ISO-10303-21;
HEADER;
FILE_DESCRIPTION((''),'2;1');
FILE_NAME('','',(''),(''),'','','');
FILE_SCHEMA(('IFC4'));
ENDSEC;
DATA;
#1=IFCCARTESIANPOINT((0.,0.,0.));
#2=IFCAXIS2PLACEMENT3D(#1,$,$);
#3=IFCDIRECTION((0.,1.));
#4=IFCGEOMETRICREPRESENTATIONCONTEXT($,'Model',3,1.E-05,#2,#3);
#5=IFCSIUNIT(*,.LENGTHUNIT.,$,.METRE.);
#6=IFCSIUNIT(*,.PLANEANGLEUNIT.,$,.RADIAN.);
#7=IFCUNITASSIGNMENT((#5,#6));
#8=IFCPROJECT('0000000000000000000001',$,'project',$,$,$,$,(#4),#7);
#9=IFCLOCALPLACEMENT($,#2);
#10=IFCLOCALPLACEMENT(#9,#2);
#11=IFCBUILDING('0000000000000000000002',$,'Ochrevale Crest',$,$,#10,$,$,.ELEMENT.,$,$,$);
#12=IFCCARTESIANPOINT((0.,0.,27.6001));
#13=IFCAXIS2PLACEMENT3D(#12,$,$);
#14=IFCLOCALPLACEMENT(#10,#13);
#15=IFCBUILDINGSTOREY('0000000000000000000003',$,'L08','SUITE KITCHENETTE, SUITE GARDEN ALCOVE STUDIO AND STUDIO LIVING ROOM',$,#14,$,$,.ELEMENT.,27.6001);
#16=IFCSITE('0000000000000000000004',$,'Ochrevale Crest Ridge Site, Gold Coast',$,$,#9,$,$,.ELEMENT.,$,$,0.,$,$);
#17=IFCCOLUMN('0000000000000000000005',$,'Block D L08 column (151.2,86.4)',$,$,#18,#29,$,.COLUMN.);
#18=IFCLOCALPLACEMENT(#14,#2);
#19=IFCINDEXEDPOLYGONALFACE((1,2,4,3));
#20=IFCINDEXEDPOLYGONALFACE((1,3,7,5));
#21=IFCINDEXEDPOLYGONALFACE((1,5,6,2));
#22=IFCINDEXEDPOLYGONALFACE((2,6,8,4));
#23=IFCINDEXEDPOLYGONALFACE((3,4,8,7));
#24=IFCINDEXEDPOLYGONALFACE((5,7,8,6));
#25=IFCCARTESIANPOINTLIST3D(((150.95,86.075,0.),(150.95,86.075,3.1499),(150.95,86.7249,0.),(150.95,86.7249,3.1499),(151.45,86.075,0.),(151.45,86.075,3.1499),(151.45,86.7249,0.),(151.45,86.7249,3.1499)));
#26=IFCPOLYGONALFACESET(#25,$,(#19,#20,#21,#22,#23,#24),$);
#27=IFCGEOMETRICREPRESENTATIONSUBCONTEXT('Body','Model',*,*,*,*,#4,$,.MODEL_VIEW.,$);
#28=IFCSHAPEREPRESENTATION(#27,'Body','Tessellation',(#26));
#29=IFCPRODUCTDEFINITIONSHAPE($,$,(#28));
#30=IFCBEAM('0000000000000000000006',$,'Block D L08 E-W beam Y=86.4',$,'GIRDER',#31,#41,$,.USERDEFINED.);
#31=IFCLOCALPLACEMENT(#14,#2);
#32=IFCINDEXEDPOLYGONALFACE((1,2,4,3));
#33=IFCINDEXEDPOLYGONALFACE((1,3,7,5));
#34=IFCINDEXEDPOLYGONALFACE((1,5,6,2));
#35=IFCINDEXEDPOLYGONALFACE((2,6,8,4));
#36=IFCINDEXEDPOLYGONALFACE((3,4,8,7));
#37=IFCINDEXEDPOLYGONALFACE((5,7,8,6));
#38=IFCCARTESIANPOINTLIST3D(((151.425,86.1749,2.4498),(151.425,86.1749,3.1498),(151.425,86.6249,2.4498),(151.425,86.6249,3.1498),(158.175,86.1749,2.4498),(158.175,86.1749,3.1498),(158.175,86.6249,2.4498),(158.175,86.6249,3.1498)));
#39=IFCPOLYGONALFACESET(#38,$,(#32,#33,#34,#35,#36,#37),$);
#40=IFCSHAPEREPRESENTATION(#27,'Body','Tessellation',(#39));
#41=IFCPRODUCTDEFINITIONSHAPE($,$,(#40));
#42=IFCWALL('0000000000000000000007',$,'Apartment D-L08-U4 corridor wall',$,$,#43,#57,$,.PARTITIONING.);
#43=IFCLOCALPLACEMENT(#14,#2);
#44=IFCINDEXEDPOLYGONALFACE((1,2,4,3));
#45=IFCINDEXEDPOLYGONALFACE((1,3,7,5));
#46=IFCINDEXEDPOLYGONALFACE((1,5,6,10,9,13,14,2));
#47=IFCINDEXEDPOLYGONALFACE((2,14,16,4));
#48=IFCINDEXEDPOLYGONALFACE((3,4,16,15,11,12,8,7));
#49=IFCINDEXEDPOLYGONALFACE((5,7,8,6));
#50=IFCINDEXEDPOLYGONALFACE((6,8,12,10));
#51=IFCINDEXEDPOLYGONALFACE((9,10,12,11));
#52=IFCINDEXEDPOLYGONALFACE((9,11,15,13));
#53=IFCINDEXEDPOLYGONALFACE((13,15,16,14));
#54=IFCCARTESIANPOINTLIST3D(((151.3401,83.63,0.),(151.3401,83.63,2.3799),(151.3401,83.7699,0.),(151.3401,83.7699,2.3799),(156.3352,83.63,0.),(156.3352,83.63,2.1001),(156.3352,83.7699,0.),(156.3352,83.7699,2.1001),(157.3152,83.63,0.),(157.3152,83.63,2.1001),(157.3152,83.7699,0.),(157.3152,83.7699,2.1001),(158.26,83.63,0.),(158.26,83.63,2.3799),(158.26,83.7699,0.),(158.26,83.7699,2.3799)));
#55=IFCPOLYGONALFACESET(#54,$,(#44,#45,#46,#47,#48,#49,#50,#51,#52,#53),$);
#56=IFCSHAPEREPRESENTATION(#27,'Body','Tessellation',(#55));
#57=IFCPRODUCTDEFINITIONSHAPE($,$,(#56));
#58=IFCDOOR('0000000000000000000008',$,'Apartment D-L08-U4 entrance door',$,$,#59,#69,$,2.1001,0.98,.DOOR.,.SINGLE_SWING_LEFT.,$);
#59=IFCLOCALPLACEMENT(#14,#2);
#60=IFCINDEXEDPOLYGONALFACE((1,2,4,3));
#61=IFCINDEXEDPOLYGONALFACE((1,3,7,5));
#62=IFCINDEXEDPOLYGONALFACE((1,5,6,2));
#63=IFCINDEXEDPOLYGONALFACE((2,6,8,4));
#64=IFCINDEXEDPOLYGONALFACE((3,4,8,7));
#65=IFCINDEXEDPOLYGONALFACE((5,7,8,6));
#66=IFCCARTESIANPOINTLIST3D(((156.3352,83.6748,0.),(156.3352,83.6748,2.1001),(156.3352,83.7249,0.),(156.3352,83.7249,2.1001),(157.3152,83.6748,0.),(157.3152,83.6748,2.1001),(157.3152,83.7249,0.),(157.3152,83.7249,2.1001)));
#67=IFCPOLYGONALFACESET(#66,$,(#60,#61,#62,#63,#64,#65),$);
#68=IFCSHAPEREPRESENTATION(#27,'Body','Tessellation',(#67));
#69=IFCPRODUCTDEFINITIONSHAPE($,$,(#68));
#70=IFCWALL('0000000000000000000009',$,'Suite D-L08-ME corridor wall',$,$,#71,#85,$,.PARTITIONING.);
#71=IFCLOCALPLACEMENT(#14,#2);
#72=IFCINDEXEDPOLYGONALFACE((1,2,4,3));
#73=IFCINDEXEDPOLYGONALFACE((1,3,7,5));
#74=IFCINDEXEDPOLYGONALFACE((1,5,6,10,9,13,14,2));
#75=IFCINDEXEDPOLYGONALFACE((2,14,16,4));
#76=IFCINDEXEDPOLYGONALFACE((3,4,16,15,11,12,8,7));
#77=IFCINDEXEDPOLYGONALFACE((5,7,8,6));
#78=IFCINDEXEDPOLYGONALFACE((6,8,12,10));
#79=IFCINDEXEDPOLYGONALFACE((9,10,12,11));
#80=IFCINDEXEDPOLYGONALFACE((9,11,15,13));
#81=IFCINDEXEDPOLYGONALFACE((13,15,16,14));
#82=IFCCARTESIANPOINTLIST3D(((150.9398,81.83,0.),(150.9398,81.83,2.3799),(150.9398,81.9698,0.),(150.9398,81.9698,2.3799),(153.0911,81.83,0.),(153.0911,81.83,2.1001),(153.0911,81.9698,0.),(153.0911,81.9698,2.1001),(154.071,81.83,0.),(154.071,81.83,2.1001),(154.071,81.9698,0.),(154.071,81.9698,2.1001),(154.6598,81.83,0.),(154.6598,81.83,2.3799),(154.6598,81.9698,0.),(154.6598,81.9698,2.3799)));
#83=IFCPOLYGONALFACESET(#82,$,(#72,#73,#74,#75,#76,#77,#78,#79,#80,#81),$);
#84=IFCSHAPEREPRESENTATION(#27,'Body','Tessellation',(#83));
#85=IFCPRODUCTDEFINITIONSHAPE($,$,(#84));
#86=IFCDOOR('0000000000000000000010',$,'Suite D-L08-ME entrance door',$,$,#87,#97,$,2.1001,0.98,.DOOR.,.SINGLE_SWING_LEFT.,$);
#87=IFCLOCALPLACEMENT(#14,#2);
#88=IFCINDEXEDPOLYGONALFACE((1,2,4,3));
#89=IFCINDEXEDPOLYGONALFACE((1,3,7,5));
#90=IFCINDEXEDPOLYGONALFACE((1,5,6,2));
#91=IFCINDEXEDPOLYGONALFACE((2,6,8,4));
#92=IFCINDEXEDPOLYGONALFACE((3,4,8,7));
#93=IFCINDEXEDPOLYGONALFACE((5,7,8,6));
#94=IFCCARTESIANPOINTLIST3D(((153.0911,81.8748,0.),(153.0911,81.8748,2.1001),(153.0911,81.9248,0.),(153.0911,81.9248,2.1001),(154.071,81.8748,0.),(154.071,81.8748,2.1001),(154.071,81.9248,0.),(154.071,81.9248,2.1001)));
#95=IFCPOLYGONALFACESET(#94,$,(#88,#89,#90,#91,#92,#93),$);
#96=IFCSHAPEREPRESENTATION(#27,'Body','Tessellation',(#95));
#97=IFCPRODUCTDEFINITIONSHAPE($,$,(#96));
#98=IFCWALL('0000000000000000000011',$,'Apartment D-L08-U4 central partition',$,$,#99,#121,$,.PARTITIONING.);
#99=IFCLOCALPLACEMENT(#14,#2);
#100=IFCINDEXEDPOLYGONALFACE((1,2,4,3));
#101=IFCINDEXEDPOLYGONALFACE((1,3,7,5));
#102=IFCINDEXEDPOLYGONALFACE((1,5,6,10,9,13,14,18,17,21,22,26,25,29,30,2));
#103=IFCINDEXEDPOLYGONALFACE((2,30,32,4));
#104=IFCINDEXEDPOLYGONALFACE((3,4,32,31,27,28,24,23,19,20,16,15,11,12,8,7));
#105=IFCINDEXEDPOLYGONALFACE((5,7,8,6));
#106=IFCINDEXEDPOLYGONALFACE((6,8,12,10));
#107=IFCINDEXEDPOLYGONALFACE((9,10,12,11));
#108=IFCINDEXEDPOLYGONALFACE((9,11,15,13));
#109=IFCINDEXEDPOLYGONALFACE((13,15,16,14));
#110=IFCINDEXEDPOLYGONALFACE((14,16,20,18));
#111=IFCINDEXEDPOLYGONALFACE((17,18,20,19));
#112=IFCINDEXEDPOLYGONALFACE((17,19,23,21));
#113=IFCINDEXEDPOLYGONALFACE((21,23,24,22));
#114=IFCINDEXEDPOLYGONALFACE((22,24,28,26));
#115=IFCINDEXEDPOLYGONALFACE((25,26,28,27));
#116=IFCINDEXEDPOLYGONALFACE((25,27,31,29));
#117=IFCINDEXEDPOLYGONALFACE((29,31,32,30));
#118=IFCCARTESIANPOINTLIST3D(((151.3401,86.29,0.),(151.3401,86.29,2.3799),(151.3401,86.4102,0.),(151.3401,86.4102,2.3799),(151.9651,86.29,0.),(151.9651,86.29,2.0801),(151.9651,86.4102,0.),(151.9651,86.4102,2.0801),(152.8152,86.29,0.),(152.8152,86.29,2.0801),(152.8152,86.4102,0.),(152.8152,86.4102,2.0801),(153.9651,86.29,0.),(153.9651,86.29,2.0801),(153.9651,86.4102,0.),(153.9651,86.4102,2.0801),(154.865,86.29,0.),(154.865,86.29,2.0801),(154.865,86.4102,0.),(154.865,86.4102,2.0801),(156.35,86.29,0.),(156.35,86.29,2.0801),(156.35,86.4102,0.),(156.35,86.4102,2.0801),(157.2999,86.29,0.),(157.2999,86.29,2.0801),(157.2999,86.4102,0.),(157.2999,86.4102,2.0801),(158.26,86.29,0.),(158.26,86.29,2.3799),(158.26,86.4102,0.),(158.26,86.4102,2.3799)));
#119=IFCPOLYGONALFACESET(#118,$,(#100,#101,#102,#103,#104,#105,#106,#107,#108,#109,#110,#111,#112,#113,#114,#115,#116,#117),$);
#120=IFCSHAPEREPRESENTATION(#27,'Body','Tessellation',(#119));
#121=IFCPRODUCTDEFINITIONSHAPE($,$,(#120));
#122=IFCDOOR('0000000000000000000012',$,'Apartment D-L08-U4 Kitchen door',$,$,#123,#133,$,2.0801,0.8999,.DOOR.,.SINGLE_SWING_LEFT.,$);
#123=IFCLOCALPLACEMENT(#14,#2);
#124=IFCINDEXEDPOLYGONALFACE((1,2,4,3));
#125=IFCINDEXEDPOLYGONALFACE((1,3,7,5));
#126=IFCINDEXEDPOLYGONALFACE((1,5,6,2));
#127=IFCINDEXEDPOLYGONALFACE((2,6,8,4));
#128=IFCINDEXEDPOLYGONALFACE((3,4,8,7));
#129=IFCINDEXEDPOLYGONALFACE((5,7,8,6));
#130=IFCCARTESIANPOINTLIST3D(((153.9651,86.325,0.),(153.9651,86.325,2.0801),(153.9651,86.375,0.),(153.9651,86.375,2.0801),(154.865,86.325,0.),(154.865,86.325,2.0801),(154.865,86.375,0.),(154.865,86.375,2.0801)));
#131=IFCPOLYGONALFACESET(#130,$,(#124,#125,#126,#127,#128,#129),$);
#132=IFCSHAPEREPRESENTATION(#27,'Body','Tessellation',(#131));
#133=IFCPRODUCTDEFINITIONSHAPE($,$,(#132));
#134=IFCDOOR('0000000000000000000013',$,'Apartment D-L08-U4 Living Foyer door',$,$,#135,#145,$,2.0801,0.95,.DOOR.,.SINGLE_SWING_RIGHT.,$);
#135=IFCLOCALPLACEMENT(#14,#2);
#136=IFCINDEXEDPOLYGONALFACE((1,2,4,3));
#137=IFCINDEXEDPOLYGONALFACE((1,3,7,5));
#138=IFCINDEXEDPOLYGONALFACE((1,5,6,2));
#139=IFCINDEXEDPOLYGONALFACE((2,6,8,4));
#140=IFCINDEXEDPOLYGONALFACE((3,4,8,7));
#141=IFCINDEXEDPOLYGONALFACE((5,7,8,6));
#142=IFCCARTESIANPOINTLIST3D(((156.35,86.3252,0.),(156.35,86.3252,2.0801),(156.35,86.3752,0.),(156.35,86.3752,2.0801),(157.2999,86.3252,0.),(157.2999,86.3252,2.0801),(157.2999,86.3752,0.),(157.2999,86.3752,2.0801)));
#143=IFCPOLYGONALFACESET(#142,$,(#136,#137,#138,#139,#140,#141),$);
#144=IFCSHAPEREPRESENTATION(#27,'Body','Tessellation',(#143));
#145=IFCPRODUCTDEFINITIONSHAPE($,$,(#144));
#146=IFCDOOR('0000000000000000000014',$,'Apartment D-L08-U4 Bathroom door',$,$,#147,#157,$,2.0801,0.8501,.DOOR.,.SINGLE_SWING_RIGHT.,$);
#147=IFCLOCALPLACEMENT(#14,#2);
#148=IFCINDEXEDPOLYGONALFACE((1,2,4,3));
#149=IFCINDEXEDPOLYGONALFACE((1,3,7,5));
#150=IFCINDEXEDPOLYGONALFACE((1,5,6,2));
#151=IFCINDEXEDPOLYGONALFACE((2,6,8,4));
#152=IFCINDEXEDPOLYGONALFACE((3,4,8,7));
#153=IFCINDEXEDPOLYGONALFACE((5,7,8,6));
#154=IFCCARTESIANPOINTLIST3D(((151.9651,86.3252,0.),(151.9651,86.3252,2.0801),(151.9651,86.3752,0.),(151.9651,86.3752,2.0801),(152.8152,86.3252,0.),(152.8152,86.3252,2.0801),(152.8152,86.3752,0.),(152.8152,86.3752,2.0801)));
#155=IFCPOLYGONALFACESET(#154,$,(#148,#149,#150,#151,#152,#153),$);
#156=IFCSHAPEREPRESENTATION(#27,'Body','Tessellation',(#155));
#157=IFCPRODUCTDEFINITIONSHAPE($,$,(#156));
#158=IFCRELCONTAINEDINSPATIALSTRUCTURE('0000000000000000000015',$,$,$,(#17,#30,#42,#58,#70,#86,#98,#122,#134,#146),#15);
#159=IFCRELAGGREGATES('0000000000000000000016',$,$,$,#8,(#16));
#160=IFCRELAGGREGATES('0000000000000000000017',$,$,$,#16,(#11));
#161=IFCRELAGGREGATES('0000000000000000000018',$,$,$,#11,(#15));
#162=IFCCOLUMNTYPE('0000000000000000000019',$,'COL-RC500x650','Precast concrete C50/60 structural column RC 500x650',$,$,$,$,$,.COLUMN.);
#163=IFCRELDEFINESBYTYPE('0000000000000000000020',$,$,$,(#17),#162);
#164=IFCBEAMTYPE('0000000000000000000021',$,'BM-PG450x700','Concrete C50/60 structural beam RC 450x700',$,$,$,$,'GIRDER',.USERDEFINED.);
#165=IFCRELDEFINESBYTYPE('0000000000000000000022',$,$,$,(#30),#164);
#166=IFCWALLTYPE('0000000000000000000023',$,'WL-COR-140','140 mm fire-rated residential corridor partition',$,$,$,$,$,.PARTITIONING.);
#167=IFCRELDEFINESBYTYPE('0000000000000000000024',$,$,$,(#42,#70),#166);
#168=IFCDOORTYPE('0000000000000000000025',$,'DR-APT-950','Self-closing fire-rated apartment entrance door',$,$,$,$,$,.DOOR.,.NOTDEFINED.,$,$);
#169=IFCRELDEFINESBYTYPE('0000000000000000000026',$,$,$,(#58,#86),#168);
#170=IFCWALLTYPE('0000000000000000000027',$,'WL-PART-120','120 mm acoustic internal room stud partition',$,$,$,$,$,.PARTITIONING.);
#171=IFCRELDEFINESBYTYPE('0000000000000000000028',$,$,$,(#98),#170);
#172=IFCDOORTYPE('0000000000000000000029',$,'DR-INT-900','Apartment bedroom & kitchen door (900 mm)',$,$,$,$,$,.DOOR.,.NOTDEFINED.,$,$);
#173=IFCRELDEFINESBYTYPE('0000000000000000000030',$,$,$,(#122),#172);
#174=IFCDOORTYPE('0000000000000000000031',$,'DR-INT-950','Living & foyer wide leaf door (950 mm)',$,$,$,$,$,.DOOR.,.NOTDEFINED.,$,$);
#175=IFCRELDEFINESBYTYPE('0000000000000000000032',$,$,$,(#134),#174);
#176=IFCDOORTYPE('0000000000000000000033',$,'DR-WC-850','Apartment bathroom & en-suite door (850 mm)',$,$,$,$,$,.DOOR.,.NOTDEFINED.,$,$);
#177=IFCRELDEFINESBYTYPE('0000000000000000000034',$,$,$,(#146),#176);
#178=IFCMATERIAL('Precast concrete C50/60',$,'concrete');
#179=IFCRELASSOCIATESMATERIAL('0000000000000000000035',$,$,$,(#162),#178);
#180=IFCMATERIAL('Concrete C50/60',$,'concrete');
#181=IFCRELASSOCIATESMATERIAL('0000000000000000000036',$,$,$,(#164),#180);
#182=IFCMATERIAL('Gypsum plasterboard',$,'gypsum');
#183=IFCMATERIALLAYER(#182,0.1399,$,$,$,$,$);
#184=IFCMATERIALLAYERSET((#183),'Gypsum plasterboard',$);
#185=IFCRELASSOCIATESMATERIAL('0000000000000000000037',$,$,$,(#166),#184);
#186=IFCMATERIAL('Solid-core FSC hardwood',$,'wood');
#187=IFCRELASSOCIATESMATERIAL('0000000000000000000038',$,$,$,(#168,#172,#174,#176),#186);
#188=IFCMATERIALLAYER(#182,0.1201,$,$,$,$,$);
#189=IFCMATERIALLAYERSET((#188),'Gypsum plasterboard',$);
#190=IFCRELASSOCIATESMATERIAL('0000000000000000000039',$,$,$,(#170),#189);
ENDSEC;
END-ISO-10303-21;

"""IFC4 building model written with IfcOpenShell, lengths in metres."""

from ifc_helpers import new_model, si_unit, direction, frame, frame_2d, origin, origin_2d, place, context, subcontext, project, spatial, rectangle, extrude, material, layer, layer_set, material_profile, profile_set, type_object, element, fill, save


model = new_model("IFC4")

# Units and contexts
model_context = context("Model", 3, precision=1e-05, world=origin(), true_north=direction((0.0, 1.0)))
body_context = subcontext(model_context, "Body", "Model", "MODEL_VIEW")
ifc_project = project(units=[si_unit("LENGTHUNIT", "METRE"), si_unit("PLANEANGLEUNIT", "RADIAN")], contexts=[model_context])

# Site, building, storey
site_placement = place(None, origin())
site = spatial("IfcSite", under=ifc_project, at=site_placement, Name="Ochrevale Crest Ridge Site, Gold Coast", CompositionType="ELEMENT", RefElevation=0.0)
building_placement = place(site_placement, origin())
building = spatial("IfcBuilding", under=site, at=building_placement, Name="Ochrevale Crest", CompositionType="ELEMENT")
storey_placement = place(building_placement, frame((0.0, 0.0, 27.6001)))
storey = spatial("IfcBuildingStorey", under=building, at=storey_placement, Name="L08", Description="SUITE KITCHENETTE, SUITE GARDEN ALCOVE STUDIO AND STUDIO LIVING ROOM", CompositionType="ELEMENT", Elevation=27.6001)

# Column
ifc_material_1 = material(Name="Precast concrete C50/60", Category="concrete")
ifc_material_profile_1 = material_profile(ifc_material_1, rectangle(XDim=0.5, YDim=0.6499, at=origin_2d()), Name="RC 500x650")
ifc_profile_set_1 = profile_set([ifc_material_profile_1], Name="Precast concrete C50/60")
column_type = type_object("IfcColumnType", Name="COL-RC500x650", Description="Precast concrete C50/60 structural column RC 500x650", PredefinedType="COLUMN", material=ifc_profile_set_1)
column_placement = place(storey_placement, frame((151.2, 86.3999, 0.0), z_axis=(0.0, 0.0, 1.0), x_axis=(1.0, 0.0, 0.0)))
element("IfcColumn", 1, at=column_placement, inside=storey, type_object=column_type, Name="Block D L08 column (151.2,86.4)", PredefinedType="COLUMN", context=body_context, shape_type="SweptSolid", body=[
    extrude(rectangle(XDim=0.5, YDim=0.6499, at=origin_2d()), origin(), (0.0, 0.0, 1.0), 3.1499),
])

# Beam
ifc_material_2 = material(Name="Concrete C50/60", Category="concrete")
ifc_material_profile_2 = material_profile(ifc_material_2, rectangle(XDim=0.45, YDim=0.7, at=origin_2d()), Name="RC 450x700")
ifc_profile_set_2 = profile_set([ifc_material_profile_2], Name="Concrete C50/60")
beam_type = type_object("IfcBeamType", Name="BM-PG450x700", Description="Concrete C50/60 structural beam RC 450x700", ElementType="GIRDER", PredefinedType="USERDEFINED", material=ifc_profile_set_2)
beam_placement = place(storey_placement, frame((151.425, 86.3999, 2.7998), z_axis=(1.0, 0.0, 0.0), x_axis=(0.0, 1.0, 0.0)))
element("IfcBeam", 2, at=beam_placement, inside=storey, type_object=beam_type, Name="Block D L08 E-W beam Y=86.4", ObjectType="GIRDER", PredefinedType="USERDEFINED", context=body_context, shape_type="SweptSolid", body=[
    extrude(rectangle(XDim=0.45, YDim=0.7, at=origin_2d()), origin(), (0.0, 0.0, 1.0), 6.75),
])

# Walls, openings, doors
ifc_material_3 = material(Name="Gypsum plasterboard", Category="gypsum")
ifc_layer_1 = layer(ifc_material_3, 0.1399)
ifc_layer_set_1 = layer_set([ifc_layer_1], Name="Gypsum plasterboard")
wall_type_1 = type_object("IfcWallType", Name="WL-COR-140", Description="140 mm fire-rated residential corridor partition", PredefinedType="PARTITIONING", material=ifc_layer_set_1)
wall_1_placement = place(storey_placement, frame((151.3401, 83.7, 0.0), z_axis=(0.0, 0.0, 1.0), x_axis=(1.0, 0.0, 0.0)))
wall_1 = element("IfcWall", 3, at=wall_1_placement, inside=storey, type_object=wall_type_1, Name="Apartment D-L08-U4 corridor wall", PredefinedType="PARTITIONING", context=body_context, shape_type="SweptSolid", body=[
    extrude(rectangle(XDim=6.9199, YDim=0.1399, at=frame_2d((3.46, 0.0))), origin(), (0.0, 0.0, 1.0), 2.3799),
])
opening_1_placement = place(wall_1_placement, frame((4.9951, 0.0, 0.0)))
opening_1 = element("IfcOpeningElement", 4, at=opening_1_placement, cuts=wall_1, PredefinedType="OPENING", context=body_context, shape_type="SweptSolid", body=[
    extrude(rectangle(XDim=0.98, YDim=2.1001, at=frame_2d((0.49, 1.05))), frame((0.0, 0.0801, 0.0), z_axis=(0.0, -1.0, 0.0), x_axis=(1.0, 0.0, 0.0)), (0.0, 0.0, 1.0), 0.1599),
])
ifc_material_4 = material(Name="Solid-core FSC hardwood", Category="wood")
door_type_1 = type_object("IfcDoorType", Name="DR-APT-950", Description="Self-closing fire-rated apartment entrance door", OperationType="NOTDEFINED", PredefinedType="DOOR", material=ifc_material_4)
door_1_placement = place(opening_1_placement, origin())
door_1 = element("IfcDoor", 5, at=door_1_placement, inside=storey, type_object=door_type_1, Name="Apartment D-L08-U4 entrance door", OperationType="SINGLE_SWING_LEFT", OverallHeight=2.1001, OverallWidth=0.98, PredefinedType="DOOR", context=body_context, shape_type="SweptSolid", body=[
    extrude(rectangle(XDim=0.98, YDim=2.1001, at=frame_2d((0.49, 1.05))), frame((0.0, 0.0249, 0.0), z_axis=(0.0, -1.0, 0.0), x_axis=(1.0, 0.0, 0.0)), (0.0, 0.0, 1.0), 0.05),
])
fill(opening_1, door_1)
wall_2_placement = place(storey_placement, frame((150.9399, 81.8999, 0.0), z_axis=(0.0, 0.0, 1.0), x_axis=(1.0, 0.0, 0.0)))
wall_2 = element("IfcWall", 6, at=wall_2_placement, inside=storey, type_object=wall_type_1, Name="Suite D-L08-ME corridor wall", PredefinedType="PARTITIONING", context=body_context, shape_type="SweptSolid", body=[
    extrude(rectangle(XDim=3.72, YDim=0.1399, at=frame_2d((1.8599, 0.0))), origin(), (0.0, 0.0, 1.0), 2.3799),
])
opening_2_placement = place(wall_2_placement, frame((2.1511, 0.0, 0.0)))
opening_2 = element("IfcOpeningElement", 7, at=opening_2_placement, cuts=wall_2, PredefinedType="OPENING", context=body_context, shape_type="SweptSolid", body=[
    extrude(rectangle(XDim=0.98, YDim=2.1001, at=frame_2d((0.49, 1.05))), frame((0.0, 0.0801, 0.0), z_axis=(0.0, -1.0, 0.0), x_axis=(1.0, 0.0, 0.0)), (0.0, 0.0, 1.0), 0.1599),
])
door_2_placement = place(opening_2_placement, origin())
door_2 = element("IfcDoor", 8, at=door_2_placement, inside=storey, type_object=door_type_1, Name="Suite D-L08-ME entrance door", OperationType="SINGLE_SWING_LEFT", OverallHeight=2.1001, OverallWidth=0.98, PredefinedType="DOOR", context=body_context, shape_type="SweptSolid", body=[
    extrude(rectangle(XDim=0.98, YDim=2.1001, at=frame_2d((0.49, 1.05))), frame((0.0, 0.0249, 0.0), z_axis=(0.0, -1.0, 0.0), x_axis=(1.0, 0.0, 0.0)), (0.0, 0.0, 1.0), 0.05),
])
fill(opening_2, door_2)

# Wall, openings, doors
ifc_layer_2 = layer(ifc_material_3, 0.1201)
ifc_layer_set_2 = layer_set([ifc_layer_2], Name="Gypsum plasterboard")
wall_type_2 = type_object("IfcWallType", Name="WL-PART-120", Description="120 mm acoustic internal room stud partition", PredefinedType="PARTITIONING", material=ifc_layer_set_2)
wall_3_placement = place(storey_placement, frame((151.3401, 86.3501, 0.0), z_axis=(0.0, 0.0, 1.0), x_axis=(1.0, 0.0, 0.0)))
wall_3 = element("IfcWall", 9, at=wall_3_placement, inside=storey, type_object=wall_type_2, Name="Apartment D-L08-U4 central partition", PredefinedType="PARTITIONING", context=body_context, shape_type="SweptSolid", body=[
    extrude(rectangle(XDim=6.9199, YDim=0.1201, at=frame_2d((3.46, 0.0))), origin(), (0.0, 0.0, 1.0), 2.3799),
])
opening_3_placement = place(wall_3_placement, frame((1.4751, 0.0, 0.0), z_axis=(0.0, 0.0, 1.0), x_axis=(-1.0, 0.0, 0.0)))
opening_3 = element("IfcOpeningElement", 10, at=opening_3_placement, cuts=wall_3, PredefinedType="OPENING", context=body_context, shape_type="SweptSolid", body=[
    extrude(rectangle(XDim=0.8501, YDim=2.0801, at=frame_2d((0.425, 1.04))), frame((0.0, 0.0701, 0.0), z_axis=(0.0, -1.0, 0.0), x_axis=(1.0, 0.0, 0.0)), (0.0, 0.0, 1.0), 0.1401),
])
opening_4_placement = place(wall_3_placement, frame((2.625, 0.0, 0.0)))
opening_4 = element("IfcOpeningElement", 11, at=opening_4_placement, cuts=wall_3, PredefinedType="OPENING", context=body_context, shape_type="SweptSolid", body=[
    extrude(rectangle(XDim=0.8999, YDim=2.0801, at=frame_2d((0.45, 1.04))), frame((0.0, 0.0701, 0.0), z_axis=(0.0, -1.0, 0.0), x_axis=(1.0, 0.0, 0.0)), (0.0, 0.0, 1.0), 0.1401),
])
opening_5_placement = place(wall_3_placement, frame((5.96, 0.0, 0.0), z_axis=(0.0, 0.0, 1.0), x_axis=(-1.0, 0.0, 0.0)))
opening_5 = element("IfcOpeningElement", 12, at=opening_5_placement, cuts=wall_3, PredefinedType="OPENING", context=body_context, shape_type="SweptSolid", body=[
    extrude(rectangle(XDim=0.95, YDim=2.0801, at=frame_2d((0.4751, 1.04))), frame((0.0, 0.0701, 0.0), z_axis=(0.0, -1.0, 0.0), x_axis=(1.0, 0.0, 0.0)), (0.0, 0.0, 1.0), 0.1401),
])
door_type_2 = type_object("IfcDoorType", Name="DR-INT-900", Description="Apartment bedroom & kitchen door (900 mm)", OperationType="NOTDEFINED", PredefinedType="DOOR", material=ifc_material_4)
door_3_placement = place(opening_4_placement, origin())
door_3 = element("IfcDoor", 13, at=door_3_placement, inside=storey, type_object=door_type_2, Name="Apartment D-L08-U4 Kitchen door", OperationType="SINGLE_SWING_LEFT", OverallHeight=2.0801, OverallWidth=0.8999, PredefinedType="DOOR", context=body_context, shape_type="SweptSolid", body=[
    extrude(rectangle(XDim=0.8999, YDim=2.0801, at=frame_2d((0.45, 1.04))), frame((0.0, 0.0249, 0.0), z_axis=(0.0, -1.0, 0.0), x_axis=(1.0, 0.0, 0.0)), (0.0, 0.0, 1.0), 0.05),
])
fill(opening_4, door_3)
door_type_3 = type_object("IfcDoorType", Name="DR-INT-950", Description="Living & foyer wide leaf door (950 mm)", OperationType="NOTDEFINED", PredefinedType="DOOR", material=ifc_material_4)
door_4_placement = place(opening_5_placement, origin())
door_4 = element("IfcDoor", 14, at=door_4_placement, inside=storey, type_object=door_type_3, Name="Apartment D-L08-U4 Living Foyer door", OperationType="SINGLE_SWING_RIGHT", OverallHeight=2.0801, OverallWidth=0.95, PredefinedType="DOOR", context=body_context, shape_type="SweptSolid", body=[
    extrude(rectangle(XDim=0.95, YDim=2.0801, at=frame_2d((0.4751, 1.04))), frame((0.0, 0.0249, 0.0), z_axis=(0.0, -1.0, 0.0), x_axis=(1.0, 0.0, 0.0)), (0.0, 0.0, 1.0), 0.05),
])
fill(opening_5, door_4)
door_type_4 = type_object("IfcDoorType", Name="DR-WC-850", Description="Apartment bathroom & en-suite door (850 mm)", OperationType="NOTDEFINED", PredefinedType="DOOR", material=ifc_material_4)
door_5_placement = place(opening_3_placement, origin())
door_5 = element("IfcDoor", 15, at=door_5_placement, inside=storey, type_object=door_type_4, Name="Apartment D-L08-U4 Bathroom door", OperationType="SINGLE_SWING_RIGHT", OverallHeight=2.0801, OverallWidth=0.8501, PredefinedType="DOOR", context=body_context, shape_type="SweptSolid", body=[
    extrude(rectangle(XDim=0.8501, YDim=2.0801, at=frame_2d((0.425, 1.04))), frame((0.0, 0.0249, 0.0), z_axis=(0.0, -1.0, 0.0), x_axis=(1.0, 0.0, 0.0)), (0.0, 0.0, 1.0), 0.05),
])
fill(opening_3, door_5)

save(model, "model.ifc")
